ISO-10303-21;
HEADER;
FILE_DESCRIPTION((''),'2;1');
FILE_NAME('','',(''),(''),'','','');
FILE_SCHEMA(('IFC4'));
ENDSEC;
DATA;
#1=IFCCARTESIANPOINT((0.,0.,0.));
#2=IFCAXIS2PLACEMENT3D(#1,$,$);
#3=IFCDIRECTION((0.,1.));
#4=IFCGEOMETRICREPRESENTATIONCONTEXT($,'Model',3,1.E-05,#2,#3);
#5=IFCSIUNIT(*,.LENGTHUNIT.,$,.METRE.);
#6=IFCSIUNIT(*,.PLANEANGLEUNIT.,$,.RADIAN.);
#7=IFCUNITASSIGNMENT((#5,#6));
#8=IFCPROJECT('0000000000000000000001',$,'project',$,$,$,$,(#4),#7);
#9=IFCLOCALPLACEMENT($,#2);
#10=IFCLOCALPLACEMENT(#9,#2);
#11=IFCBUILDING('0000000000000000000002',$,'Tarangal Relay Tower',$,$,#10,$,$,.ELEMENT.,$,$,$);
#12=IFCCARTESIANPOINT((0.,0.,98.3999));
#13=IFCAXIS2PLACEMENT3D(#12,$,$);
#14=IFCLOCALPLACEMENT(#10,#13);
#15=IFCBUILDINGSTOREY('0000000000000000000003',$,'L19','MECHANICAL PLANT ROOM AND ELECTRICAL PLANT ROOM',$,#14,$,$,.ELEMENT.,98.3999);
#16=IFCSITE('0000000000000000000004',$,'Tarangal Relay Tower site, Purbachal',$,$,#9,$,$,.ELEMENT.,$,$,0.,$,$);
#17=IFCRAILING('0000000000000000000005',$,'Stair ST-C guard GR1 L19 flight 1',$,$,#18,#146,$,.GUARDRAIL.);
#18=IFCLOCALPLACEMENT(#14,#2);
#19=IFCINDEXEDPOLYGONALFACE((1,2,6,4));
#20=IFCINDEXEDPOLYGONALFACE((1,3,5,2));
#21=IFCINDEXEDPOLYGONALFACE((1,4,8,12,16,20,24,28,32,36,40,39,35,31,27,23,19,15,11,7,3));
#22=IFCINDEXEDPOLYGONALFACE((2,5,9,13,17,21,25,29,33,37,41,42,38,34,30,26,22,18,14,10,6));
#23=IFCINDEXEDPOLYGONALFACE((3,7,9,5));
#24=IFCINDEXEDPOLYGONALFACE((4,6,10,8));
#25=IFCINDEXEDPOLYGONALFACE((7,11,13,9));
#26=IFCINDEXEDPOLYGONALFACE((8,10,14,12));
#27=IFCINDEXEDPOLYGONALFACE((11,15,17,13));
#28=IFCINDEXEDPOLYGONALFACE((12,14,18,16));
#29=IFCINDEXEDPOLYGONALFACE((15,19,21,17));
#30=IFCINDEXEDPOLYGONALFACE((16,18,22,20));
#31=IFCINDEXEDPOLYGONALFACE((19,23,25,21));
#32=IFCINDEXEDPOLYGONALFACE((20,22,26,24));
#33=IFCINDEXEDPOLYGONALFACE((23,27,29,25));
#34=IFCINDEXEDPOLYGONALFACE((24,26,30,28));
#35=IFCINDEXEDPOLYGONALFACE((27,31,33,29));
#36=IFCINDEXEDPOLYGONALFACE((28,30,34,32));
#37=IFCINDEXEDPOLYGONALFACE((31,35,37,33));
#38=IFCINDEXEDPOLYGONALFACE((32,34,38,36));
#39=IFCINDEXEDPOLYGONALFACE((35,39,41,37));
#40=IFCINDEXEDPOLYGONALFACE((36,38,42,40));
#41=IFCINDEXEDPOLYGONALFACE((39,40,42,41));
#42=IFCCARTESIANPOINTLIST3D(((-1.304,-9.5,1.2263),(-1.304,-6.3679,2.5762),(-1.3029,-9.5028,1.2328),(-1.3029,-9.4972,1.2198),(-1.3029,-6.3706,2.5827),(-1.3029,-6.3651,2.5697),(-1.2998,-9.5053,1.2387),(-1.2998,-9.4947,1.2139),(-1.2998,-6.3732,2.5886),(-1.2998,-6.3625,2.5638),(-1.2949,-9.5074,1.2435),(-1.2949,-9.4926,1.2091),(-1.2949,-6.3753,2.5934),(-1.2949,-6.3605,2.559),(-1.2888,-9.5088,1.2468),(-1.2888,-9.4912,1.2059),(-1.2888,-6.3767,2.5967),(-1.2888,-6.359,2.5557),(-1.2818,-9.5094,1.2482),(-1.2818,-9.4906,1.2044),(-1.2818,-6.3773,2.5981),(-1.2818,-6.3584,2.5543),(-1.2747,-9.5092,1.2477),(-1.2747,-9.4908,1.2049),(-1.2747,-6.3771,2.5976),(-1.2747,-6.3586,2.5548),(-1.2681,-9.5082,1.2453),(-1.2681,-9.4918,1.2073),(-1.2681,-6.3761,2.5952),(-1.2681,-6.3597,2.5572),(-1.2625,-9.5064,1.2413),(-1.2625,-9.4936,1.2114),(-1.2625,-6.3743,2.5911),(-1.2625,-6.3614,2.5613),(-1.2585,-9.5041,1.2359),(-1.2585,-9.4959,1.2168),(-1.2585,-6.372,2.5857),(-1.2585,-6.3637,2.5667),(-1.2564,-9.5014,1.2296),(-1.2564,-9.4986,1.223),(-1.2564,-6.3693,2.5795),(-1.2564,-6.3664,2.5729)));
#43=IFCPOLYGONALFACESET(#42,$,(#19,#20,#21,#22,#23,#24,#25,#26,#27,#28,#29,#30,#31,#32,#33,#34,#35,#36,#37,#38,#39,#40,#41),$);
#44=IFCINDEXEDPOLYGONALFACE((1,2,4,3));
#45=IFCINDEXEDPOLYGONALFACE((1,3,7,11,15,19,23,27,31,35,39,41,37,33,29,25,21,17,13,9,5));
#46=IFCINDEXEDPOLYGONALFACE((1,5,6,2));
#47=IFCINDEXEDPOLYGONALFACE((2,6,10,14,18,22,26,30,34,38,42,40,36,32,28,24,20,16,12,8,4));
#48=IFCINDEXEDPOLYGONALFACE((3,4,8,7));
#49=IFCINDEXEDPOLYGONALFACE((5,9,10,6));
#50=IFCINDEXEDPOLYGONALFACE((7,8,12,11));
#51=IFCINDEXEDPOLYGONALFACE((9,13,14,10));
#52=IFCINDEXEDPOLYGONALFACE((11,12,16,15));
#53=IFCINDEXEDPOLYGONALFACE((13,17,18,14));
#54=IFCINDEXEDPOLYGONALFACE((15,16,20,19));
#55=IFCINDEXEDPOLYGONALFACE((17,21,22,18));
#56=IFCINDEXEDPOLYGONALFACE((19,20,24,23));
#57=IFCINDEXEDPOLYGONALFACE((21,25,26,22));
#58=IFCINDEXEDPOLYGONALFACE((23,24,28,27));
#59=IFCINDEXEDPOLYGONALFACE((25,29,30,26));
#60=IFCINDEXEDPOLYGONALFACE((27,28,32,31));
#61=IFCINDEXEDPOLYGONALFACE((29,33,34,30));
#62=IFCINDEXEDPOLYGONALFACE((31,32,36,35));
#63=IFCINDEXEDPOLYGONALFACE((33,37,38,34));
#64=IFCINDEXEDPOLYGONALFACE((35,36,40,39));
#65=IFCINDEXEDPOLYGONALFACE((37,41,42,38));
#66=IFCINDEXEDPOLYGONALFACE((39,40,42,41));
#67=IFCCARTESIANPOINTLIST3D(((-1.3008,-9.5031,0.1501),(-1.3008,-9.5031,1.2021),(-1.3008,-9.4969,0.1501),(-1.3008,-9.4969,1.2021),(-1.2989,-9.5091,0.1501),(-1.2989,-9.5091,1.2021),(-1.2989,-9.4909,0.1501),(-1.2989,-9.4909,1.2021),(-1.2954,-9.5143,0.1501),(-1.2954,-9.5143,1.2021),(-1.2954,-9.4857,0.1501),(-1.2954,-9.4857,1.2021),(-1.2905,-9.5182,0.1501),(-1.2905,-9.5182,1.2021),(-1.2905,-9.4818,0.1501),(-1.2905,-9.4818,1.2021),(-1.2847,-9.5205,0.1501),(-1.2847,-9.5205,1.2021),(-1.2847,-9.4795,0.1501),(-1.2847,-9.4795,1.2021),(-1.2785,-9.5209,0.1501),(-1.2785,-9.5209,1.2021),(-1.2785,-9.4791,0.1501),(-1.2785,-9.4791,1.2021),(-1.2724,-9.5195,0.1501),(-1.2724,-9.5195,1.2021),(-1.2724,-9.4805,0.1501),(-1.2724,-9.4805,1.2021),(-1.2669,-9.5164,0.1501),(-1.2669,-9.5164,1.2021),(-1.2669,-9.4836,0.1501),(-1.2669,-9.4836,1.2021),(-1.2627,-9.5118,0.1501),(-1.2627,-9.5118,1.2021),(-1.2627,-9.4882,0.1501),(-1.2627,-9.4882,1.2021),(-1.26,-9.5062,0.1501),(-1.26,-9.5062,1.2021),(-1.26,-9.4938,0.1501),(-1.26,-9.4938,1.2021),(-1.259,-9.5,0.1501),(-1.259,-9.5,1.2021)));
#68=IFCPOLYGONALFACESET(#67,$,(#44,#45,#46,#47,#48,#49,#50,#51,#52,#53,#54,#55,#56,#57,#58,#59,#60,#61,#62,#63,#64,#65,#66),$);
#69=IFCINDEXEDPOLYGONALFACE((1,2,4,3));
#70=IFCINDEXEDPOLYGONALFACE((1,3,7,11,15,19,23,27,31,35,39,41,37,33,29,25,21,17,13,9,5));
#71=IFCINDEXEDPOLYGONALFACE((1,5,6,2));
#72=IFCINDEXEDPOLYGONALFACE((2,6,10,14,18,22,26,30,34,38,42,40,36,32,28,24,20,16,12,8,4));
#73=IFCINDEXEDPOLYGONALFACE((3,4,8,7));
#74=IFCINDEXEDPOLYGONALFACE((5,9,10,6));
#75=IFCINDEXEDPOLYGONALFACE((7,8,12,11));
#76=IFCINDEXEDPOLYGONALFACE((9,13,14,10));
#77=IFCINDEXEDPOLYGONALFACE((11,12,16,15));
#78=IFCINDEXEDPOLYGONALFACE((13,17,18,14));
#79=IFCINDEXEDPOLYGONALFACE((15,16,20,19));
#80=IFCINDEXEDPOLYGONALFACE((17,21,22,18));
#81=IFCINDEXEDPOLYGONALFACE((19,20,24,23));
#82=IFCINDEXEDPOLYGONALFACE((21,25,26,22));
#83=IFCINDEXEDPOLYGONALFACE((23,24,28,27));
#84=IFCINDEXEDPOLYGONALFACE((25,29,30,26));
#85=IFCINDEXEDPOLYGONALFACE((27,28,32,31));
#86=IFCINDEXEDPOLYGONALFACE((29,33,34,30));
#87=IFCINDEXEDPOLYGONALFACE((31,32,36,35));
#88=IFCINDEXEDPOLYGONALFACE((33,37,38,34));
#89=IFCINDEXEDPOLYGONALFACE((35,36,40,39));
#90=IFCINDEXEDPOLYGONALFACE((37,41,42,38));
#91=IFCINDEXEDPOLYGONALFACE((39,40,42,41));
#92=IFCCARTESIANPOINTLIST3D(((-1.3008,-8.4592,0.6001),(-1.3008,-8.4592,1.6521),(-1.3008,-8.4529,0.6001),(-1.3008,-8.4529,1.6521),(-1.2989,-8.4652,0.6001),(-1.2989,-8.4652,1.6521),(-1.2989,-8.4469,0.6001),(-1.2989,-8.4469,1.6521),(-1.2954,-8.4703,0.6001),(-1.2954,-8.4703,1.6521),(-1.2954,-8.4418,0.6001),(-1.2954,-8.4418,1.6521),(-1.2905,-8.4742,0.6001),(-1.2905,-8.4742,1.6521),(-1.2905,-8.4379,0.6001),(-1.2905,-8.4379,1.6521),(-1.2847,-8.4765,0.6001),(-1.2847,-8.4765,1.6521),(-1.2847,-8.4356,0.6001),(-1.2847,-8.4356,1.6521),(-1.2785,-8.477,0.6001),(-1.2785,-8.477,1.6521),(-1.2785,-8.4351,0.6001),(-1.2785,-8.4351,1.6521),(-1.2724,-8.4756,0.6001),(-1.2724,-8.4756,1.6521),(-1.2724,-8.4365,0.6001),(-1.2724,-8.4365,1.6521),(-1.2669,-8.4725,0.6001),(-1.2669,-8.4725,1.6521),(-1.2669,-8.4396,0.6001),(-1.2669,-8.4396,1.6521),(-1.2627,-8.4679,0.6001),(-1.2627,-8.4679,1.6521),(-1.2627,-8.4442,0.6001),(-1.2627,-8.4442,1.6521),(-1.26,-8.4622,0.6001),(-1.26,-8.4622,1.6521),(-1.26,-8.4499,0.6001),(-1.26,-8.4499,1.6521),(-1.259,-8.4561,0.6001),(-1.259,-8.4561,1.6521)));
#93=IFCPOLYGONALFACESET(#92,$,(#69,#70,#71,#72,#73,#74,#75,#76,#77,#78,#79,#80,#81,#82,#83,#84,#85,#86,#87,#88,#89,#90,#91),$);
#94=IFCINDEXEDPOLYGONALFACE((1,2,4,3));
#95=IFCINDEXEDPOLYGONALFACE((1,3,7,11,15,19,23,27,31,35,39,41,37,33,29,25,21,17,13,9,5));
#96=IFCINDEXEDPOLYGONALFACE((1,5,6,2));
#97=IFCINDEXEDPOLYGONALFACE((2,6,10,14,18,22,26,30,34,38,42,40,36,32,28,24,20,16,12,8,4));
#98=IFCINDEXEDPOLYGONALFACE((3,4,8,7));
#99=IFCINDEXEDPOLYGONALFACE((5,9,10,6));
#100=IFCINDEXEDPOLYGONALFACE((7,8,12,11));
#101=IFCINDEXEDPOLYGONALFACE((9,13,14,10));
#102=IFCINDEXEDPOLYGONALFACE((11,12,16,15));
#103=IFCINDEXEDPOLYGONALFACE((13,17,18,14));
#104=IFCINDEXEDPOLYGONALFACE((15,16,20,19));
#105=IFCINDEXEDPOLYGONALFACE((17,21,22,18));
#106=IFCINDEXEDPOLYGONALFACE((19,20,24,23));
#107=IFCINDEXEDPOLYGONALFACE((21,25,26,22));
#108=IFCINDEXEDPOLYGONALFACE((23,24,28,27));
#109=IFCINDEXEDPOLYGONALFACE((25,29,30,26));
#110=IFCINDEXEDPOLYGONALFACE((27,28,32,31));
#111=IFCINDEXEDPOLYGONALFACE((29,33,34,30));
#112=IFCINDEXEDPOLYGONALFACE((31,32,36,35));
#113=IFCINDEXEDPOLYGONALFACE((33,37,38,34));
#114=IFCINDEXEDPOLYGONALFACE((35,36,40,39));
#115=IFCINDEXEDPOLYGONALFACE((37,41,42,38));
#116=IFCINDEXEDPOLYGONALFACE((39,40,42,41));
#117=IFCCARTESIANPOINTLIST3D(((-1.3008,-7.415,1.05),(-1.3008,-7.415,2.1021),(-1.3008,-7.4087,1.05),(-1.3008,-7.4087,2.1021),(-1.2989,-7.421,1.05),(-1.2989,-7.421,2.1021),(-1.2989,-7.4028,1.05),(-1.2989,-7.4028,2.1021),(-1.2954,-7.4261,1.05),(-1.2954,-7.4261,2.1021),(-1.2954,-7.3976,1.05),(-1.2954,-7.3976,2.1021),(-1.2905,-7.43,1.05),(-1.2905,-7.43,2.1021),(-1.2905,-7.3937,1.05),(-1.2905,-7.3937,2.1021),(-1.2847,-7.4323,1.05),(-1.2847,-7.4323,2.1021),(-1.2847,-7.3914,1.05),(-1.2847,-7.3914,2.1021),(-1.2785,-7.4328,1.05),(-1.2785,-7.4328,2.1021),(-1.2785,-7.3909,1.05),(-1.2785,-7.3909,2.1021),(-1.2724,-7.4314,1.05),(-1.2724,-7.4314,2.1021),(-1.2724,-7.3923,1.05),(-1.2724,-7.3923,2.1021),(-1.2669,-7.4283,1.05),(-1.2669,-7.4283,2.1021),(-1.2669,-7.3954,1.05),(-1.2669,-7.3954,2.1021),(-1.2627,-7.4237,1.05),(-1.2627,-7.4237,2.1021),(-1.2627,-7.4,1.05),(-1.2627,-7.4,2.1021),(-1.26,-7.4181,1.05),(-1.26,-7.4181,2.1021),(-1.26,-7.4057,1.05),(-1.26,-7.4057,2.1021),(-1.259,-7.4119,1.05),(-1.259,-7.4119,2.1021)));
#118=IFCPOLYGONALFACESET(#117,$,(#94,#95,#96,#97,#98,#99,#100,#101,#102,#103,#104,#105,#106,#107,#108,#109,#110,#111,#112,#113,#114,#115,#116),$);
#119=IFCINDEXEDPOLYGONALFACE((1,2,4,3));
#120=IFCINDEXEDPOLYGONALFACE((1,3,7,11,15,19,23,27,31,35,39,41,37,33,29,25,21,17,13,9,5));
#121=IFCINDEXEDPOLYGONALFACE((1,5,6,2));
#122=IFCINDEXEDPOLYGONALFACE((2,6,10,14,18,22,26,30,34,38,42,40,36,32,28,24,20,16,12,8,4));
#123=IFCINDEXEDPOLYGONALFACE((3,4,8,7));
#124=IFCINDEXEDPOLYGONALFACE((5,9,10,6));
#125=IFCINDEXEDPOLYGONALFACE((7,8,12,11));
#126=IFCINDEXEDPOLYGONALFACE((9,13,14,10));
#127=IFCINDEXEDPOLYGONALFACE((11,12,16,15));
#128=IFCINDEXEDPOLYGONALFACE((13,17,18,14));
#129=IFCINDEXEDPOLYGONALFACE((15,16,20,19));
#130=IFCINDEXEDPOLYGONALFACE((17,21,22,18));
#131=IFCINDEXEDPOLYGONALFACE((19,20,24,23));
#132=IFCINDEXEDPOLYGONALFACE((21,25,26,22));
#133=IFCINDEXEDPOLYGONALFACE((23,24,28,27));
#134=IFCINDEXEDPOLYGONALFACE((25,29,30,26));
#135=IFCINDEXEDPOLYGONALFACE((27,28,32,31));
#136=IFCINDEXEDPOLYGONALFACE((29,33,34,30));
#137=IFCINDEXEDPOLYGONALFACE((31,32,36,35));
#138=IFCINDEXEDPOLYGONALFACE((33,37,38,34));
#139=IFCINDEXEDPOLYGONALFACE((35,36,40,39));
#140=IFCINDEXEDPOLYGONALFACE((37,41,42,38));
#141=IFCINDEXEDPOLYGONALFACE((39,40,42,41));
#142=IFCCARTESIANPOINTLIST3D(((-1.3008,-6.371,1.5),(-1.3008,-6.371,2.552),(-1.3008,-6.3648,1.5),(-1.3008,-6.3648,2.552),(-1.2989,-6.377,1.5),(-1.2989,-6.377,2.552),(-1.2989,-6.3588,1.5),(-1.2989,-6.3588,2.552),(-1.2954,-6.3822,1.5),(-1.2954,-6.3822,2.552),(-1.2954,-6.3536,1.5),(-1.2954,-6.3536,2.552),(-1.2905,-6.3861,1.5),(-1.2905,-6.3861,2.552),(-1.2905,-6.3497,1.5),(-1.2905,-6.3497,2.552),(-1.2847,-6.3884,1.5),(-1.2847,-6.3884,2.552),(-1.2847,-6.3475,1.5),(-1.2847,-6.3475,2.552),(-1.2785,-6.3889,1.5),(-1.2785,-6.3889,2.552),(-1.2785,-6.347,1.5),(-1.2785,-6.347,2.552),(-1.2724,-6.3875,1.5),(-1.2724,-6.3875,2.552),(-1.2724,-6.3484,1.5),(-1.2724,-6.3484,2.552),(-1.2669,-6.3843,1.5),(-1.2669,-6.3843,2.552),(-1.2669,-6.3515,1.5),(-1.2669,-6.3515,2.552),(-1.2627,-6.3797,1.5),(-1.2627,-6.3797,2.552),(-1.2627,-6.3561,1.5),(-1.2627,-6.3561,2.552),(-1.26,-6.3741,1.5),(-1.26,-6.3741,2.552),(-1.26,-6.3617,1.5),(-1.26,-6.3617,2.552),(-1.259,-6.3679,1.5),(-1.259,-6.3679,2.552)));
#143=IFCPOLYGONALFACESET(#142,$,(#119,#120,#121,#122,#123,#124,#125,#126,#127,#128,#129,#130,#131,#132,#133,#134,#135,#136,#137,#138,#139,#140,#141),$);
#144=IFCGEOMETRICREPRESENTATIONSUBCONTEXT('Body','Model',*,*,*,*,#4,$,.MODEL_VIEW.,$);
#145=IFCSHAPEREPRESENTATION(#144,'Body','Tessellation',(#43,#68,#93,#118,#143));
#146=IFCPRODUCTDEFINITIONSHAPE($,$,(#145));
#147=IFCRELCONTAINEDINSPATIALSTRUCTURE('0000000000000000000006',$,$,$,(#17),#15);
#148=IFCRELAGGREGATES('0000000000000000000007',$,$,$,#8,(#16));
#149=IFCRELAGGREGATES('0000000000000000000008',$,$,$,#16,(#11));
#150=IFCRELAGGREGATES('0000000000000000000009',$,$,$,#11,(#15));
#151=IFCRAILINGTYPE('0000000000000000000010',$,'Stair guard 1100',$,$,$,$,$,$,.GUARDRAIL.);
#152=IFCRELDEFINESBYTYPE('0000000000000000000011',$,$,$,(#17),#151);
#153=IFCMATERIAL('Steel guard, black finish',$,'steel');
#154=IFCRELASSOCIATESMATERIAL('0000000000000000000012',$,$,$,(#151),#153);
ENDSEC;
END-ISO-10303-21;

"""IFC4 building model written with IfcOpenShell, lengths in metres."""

from ifc_helpers import new_model, si_unit, direction, frame, origin, origin_2d, place, context, subcontext, project, spatial, circle, extrude, material, type_object, element, save


model = new_model("IFC4")

# Units and contexts
model_context = context("Model", 3, precision=1e-05, world=origin(), true_north=direction((0.0, 1.0)))
body_context = subcontext(model_context, "Body", "Model", "MODEL_VIEW")
ifc_project = project(units=[si_unit("LENGTHUNIT", "METRE"), si_unit("PLANEANGLEUNIT", "RADIAN")], contexts=[model_context])

# Site, building, storey
site_placement = place(None, origin())
site = spatial("IfcSite", under=ifc_project, at=site_placement, Name="Tarangal Relay Tower site, Purbachal", CompositionType="ELEMENT", RefElevation=0.0)
building_placement = place(site_placement, origin())
building = spatial("IfcBuilding", under=site, at=building_placement, Name="Tarangal Relay Tower", CompositionType="ELEMENT")
storey_placement = place(building_placement, frame((0.0, 0.0, 98.3999)))
storey = spatial("IfcBuildingStorey", under=building, at=storey_placement, Name="L19", Description="MECHANICAL PLANT ROOM AND ELECTRICAL PLANT ROOM", CompositionType="ELEMENT", Elevation=98.3999)

# Railing
ifc_material_1 = material(Name="Steel guard, black finish", Category="steel")
railing_type_1 = type_object("IfcRailingType", Name="Stair guard 1100", PredefinedType="GUARDRAIL", material=ifc_material_1)
for number, where, name in (
    (1, (-1.28, -9.5, 0.1501), "Stair ST-C guard GR1 L19 flight 1"),
):
    element("IfcRailing", number, at=place(storey_placement, frame(where)), inside=storey, type_object=railing_type_1, Name=name, PredefinedType="GUARDRAIL", context=body_context, shape_type="SweptSolid", body=[
        extrude(circle(Radius=0.0239, at=origin_2d()), frame((0.0, 0.0, 1.0762), z_axis=(0.0, 0.918343, 0.395785), x_axis=(-1.0, 0.0, 0.0)), (0.0, 0.0, 1.0), 3.4106),
        extrude(circle(Radius=0.021, at=origin_2d()), origin(), (0.0, 0.0, 1.0), 1.052),
        extrude(circle(Radius=0.021, at=origin_2d()), frame((0.0, 1.0439, 0.45)), (0.0, 0.0, 1.0), 1.052),
        extrude(circle(Radius=0.021, at=origin_2d()), frame((0.0, 2.0881, 0.8999)), (0.0, 0.0, 1.0), 1.052),
        extrude(circle(Radius=0.021, at=origin_2d()), frame((0.0, 3.1321, 1.3499)), (0.0, 0.0, 1.0), 1.052),
    ])

save(model, "model.ifc")
